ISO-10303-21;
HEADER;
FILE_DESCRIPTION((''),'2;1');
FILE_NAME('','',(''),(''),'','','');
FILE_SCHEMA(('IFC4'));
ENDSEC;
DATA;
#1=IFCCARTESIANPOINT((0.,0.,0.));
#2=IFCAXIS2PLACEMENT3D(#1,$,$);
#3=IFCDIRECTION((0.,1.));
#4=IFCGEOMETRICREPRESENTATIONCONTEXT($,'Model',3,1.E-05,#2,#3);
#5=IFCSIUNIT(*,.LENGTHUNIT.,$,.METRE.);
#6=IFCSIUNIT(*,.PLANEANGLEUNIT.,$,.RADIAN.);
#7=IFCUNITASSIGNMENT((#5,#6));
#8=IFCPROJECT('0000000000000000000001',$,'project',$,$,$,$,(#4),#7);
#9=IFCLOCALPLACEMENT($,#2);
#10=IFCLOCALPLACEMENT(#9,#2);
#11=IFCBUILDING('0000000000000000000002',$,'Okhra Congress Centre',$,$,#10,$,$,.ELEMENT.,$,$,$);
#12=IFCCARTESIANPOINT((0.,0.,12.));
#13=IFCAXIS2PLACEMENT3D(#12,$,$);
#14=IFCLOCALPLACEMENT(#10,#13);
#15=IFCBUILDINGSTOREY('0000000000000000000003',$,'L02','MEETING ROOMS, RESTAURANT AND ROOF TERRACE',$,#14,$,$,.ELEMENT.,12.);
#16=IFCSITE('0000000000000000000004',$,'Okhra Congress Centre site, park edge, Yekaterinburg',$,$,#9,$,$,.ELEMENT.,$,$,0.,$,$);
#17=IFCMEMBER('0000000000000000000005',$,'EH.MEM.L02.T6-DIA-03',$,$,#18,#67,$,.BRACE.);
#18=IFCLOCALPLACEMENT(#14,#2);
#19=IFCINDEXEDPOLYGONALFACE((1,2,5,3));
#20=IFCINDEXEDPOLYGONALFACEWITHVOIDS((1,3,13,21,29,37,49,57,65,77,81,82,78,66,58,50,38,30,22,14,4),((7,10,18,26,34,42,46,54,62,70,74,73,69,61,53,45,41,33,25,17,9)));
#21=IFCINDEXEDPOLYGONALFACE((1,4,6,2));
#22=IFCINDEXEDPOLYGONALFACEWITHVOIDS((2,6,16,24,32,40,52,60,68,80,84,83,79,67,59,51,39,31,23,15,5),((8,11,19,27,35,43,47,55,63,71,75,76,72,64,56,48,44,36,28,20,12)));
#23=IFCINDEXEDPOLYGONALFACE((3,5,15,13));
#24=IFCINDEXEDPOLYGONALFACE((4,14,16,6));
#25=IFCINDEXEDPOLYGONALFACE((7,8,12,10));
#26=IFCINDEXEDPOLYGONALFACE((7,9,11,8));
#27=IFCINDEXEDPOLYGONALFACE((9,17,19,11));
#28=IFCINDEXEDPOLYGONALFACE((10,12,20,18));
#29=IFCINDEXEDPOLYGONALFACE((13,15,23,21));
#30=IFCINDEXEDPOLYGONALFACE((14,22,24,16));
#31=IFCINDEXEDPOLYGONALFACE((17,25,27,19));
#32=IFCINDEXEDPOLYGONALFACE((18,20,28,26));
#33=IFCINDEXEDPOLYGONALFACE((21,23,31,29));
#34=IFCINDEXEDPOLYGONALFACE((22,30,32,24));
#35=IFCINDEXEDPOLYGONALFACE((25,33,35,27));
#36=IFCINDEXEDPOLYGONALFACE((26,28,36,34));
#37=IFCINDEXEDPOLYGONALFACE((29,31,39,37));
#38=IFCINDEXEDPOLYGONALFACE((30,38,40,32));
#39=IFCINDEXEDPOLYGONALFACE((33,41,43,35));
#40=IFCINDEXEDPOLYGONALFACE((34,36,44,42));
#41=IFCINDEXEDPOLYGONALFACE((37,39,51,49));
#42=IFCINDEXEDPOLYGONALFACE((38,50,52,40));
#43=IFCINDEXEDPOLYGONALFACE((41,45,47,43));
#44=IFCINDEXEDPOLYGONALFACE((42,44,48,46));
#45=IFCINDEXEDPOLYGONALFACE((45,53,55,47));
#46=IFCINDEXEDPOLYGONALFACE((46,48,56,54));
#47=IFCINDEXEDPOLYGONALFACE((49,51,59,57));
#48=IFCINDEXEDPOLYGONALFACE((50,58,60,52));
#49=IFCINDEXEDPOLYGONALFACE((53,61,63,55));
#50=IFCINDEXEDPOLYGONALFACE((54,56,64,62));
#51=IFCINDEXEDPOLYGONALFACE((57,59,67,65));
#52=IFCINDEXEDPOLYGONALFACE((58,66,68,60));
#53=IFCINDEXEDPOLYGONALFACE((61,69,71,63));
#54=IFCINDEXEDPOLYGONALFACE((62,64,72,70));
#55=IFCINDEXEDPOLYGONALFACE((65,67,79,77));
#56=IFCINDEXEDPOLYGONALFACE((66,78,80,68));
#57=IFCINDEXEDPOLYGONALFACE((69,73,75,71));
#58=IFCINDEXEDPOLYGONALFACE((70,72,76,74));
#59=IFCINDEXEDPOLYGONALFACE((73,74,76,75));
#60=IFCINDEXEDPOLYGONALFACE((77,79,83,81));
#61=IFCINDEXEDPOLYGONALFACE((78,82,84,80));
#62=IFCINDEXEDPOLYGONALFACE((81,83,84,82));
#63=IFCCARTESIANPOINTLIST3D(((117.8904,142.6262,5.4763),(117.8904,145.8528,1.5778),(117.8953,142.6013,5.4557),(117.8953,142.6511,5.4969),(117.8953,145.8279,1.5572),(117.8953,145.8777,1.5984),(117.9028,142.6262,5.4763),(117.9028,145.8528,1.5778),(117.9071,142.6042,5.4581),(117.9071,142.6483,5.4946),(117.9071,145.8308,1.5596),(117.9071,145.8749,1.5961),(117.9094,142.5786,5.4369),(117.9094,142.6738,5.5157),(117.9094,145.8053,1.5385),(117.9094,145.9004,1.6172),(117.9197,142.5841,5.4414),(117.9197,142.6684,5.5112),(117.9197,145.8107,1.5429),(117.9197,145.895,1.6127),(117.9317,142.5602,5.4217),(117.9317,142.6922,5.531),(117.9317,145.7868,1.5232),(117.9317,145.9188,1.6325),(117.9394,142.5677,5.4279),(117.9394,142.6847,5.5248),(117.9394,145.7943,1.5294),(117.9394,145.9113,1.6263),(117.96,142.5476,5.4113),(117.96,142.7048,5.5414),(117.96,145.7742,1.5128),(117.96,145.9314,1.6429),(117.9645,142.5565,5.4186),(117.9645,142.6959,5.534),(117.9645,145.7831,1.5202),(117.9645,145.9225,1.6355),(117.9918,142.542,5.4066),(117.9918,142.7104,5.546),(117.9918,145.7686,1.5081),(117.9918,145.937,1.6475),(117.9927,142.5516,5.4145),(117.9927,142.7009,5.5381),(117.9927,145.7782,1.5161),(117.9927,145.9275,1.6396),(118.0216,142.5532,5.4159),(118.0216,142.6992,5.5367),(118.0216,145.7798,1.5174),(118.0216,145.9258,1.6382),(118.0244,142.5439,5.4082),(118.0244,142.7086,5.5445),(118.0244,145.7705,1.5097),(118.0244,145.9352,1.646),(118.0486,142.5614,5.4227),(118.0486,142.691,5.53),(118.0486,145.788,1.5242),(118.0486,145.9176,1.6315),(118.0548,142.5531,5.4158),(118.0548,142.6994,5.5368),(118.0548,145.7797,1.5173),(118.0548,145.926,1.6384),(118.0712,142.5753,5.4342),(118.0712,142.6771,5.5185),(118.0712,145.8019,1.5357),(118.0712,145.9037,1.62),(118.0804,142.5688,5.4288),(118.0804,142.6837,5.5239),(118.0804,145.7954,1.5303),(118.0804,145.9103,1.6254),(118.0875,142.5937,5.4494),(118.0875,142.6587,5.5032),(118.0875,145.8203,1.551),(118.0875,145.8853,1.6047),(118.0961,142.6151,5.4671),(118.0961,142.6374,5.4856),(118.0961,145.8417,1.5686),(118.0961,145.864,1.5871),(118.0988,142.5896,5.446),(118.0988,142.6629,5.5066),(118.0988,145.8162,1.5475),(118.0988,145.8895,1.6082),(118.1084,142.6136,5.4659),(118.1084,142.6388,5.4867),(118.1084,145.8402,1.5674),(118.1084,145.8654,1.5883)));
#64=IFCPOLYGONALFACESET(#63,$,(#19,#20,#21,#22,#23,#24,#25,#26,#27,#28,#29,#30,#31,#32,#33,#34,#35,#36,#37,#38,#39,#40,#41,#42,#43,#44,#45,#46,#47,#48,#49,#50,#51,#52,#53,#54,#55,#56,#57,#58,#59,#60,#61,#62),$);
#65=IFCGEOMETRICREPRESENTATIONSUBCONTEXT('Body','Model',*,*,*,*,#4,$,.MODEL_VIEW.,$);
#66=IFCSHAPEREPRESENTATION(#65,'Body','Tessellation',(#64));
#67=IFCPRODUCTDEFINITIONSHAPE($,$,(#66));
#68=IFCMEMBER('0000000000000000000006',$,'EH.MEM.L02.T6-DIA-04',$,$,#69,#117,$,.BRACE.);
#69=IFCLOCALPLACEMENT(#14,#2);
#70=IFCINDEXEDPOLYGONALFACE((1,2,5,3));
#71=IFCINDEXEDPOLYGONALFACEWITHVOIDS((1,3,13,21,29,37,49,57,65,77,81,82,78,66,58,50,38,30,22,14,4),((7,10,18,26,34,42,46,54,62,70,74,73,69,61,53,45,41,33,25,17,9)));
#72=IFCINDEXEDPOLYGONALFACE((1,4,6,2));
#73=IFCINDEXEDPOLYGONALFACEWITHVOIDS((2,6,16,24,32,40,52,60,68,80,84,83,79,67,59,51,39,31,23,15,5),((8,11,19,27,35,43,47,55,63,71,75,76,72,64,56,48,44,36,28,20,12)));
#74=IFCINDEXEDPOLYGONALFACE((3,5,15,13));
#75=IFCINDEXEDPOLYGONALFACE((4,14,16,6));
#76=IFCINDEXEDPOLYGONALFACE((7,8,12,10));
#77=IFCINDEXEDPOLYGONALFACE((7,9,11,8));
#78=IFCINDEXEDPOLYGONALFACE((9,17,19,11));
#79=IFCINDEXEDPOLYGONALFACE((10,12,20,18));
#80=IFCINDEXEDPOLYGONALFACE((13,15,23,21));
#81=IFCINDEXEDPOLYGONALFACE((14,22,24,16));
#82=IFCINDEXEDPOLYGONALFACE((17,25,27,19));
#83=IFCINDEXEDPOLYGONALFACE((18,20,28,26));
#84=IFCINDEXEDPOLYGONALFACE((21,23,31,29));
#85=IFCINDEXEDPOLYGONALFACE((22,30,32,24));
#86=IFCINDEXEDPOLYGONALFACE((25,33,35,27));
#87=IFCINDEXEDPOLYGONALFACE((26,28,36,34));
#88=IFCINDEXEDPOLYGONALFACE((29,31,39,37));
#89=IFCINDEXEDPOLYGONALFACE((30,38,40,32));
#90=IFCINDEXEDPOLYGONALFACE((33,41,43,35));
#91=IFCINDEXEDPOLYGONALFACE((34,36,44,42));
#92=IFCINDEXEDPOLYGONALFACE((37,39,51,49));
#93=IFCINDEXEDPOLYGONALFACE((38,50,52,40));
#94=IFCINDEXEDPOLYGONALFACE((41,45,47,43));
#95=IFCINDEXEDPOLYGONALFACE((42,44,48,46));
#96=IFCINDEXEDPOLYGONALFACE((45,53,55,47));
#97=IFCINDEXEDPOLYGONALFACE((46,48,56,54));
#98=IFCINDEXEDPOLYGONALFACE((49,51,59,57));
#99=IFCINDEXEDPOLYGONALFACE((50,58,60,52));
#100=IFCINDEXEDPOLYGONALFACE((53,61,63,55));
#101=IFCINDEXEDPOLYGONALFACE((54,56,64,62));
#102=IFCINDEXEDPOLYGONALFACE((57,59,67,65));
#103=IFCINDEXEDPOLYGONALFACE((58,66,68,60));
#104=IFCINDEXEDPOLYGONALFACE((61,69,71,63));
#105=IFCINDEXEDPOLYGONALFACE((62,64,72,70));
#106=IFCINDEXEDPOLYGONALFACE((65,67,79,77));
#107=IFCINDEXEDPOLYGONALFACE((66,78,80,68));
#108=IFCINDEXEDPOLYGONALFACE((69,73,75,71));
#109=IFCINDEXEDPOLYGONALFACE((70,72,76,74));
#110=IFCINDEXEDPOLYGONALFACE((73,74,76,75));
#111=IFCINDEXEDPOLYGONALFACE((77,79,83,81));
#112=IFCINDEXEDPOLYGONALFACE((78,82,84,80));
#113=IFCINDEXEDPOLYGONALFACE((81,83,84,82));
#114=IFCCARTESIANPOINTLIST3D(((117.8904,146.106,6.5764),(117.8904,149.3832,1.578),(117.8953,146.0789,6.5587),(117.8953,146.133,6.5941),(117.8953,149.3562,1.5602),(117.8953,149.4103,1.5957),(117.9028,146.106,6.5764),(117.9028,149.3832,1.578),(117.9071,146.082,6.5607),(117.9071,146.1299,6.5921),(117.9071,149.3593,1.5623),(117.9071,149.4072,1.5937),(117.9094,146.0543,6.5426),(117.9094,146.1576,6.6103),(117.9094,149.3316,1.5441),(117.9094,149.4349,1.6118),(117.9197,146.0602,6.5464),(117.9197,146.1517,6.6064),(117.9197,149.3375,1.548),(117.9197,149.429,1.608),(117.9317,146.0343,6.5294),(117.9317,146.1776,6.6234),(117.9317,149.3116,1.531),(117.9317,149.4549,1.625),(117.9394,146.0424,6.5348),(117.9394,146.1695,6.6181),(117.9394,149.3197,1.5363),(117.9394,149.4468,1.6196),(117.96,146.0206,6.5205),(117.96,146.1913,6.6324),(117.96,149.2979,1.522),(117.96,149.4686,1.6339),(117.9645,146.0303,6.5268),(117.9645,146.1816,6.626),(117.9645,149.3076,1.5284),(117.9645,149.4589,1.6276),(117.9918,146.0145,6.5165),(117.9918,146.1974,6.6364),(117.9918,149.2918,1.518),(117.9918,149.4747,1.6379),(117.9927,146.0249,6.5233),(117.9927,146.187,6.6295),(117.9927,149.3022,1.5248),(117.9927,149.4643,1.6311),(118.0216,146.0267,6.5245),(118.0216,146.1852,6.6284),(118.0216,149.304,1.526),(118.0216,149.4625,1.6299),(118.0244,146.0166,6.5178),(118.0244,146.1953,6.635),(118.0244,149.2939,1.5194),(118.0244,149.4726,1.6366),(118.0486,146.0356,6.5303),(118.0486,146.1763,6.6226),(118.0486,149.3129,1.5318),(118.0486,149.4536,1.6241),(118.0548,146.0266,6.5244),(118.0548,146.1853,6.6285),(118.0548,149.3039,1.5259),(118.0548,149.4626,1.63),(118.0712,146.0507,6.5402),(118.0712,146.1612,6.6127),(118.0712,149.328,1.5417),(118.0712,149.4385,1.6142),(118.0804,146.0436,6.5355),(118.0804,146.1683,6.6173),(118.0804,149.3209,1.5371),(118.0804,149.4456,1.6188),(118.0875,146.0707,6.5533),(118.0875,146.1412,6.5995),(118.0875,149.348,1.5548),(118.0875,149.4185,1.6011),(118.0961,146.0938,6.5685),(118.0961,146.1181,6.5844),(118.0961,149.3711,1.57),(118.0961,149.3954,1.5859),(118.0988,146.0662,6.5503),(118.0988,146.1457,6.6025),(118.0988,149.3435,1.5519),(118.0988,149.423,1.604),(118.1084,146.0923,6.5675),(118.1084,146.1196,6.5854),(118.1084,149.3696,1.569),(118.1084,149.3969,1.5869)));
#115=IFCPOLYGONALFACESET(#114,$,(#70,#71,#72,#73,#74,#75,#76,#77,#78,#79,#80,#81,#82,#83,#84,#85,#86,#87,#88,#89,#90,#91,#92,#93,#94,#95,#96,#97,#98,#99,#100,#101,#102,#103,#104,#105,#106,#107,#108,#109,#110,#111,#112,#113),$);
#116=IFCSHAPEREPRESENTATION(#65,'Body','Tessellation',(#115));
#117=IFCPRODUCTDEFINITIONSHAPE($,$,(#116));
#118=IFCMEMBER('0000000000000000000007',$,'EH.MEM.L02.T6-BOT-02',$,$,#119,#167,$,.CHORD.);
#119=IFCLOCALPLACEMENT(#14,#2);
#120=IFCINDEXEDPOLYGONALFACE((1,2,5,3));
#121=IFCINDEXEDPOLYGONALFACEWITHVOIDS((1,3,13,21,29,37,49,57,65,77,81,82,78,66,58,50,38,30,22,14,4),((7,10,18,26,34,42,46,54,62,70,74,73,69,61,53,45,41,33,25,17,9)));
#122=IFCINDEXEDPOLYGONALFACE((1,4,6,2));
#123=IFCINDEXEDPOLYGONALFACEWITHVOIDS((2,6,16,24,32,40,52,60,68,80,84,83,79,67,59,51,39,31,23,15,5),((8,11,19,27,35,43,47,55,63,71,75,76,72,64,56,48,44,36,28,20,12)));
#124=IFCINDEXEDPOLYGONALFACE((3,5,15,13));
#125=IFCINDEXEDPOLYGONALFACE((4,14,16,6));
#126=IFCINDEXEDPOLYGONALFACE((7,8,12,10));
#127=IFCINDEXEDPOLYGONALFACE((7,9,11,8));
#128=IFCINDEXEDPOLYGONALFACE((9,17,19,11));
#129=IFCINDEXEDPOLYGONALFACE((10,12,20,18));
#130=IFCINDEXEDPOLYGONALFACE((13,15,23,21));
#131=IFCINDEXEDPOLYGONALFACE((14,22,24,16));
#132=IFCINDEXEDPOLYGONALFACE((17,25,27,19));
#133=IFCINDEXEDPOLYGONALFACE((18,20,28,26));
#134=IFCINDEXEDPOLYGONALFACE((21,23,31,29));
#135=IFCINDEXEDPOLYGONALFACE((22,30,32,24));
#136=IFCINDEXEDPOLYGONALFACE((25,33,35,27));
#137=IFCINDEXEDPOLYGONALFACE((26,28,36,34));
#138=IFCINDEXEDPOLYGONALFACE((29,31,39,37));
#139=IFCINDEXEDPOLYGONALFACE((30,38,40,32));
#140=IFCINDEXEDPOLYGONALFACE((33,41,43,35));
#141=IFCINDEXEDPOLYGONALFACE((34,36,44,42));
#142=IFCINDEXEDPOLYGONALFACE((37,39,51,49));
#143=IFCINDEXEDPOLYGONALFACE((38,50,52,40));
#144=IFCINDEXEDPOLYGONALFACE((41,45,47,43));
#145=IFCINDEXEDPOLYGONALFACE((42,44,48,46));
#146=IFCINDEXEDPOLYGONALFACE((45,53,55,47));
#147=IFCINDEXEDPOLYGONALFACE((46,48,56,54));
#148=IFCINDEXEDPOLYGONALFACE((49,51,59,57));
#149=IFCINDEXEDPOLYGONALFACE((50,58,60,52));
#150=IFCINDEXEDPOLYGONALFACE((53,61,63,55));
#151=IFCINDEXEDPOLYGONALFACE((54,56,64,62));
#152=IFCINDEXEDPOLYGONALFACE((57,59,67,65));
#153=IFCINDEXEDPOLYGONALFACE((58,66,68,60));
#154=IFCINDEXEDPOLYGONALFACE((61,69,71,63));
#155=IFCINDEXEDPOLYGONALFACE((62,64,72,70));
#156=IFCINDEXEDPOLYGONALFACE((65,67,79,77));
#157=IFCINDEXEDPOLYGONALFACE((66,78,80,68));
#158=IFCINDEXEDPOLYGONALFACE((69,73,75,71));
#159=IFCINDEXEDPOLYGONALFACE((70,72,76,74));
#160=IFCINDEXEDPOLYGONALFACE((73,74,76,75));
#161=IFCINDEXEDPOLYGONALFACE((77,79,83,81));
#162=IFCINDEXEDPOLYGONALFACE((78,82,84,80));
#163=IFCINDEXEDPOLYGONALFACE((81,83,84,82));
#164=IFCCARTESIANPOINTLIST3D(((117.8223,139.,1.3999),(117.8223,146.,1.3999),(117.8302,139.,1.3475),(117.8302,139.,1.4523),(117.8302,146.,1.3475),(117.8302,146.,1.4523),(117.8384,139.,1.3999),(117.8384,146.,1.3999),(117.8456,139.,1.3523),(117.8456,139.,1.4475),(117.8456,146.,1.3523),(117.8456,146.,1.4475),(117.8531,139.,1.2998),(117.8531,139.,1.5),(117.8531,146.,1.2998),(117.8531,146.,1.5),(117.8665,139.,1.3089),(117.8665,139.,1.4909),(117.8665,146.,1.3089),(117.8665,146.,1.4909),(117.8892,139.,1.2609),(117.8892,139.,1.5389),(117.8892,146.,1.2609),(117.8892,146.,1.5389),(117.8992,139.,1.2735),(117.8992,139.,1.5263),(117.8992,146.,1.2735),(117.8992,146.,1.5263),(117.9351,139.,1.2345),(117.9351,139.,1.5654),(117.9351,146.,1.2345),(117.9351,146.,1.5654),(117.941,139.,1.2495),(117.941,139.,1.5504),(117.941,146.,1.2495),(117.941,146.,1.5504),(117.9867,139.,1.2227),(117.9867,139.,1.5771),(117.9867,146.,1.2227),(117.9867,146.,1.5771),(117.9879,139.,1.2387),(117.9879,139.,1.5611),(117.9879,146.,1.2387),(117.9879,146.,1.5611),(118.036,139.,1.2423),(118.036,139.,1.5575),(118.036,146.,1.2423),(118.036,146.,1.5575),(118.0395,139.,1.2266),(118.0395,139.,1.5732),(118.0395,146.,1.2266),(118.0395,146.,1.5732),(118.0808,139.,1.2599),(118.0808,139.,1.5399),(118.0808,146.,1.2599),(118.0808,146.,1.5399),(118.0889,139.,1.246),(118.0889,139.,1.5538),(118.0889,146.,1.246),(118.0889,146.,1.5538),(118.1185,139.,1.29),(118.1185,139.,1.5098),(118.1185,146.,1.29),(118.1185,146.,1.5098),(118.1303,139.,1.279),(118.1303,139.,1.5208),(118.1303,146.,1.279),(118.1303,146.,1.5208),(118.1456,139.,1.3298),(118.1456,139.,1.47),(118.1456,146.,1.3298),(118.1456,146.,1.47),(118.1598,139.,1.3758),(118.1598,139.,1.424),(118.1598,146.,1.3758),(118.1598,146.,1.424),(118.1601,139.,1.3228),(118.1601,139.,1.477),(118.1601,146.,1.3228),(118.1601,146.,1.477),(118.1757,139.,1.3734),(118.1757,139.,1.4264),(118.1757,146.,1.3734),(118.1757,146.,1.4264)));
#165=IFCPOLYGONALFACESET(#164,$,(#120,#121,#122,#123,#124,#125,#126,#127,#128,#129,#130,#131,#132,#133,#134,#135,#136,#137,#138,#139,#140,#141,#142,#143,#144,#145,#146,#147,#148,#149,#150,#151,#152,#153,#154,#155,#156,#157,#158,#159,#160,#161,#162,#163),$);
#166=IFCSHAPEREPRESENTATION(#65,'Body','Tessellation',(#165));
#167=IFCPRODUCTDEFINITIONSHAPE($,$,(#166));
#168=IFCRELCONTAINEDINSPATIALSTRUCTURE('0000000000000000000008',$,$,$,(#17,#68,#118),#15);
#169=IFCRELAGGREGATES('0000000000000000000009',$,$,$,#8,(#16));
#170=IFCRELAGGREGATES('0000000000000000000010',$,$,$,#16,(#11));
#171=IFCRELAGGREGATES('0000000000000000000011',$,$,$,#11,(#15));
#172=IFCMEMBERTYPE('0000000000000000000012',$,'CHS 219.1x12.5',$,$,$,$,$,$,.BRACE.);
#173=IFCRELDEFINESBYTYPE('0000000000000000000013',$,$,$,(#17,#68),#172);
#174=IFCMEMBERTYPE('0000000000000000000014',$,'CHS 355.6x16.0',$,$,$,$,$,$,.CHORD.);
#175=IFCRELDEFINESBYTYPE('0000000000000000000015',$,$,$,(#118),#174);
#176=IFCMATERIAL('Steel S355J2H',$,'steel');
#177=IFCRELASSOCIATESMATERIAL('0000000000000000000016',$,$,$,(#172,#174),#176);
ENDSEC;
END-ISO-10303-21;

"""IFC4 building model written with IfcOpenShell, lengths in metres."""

from ifc_helpers import new_model, si_unit, direction, frame, origin, origin_2d, place, context, subcontext, project, spatial, hollow_circle, extrude, material, material_profile, profile_set, type_object, element, save


model = new_model("IFC4")

# Units and contexts
model_context = context("Model", 3, precision=1e-05, world=origin(), true_north=direction((0.0, 1.0)))
body_context = subcontext(model_context, "Body", "Model", "MODEL_VIEW")
ifc_project = project(units=[si_unit("LENGTHUNIT", "METRE"), si_unit("PLANEANGLEUNIT", "RADIAN")], contexts=[model_context])

# Site, building, storey
site_placement = place(None, origin())
site = spatial("IfcSite", under=ifc_project, at=site_placement, Name="Okhra Congress Centre site, park edge, Yekaterinburg", CompositionType="ELEMENT", RefElevation=0.0)
building_placement = place(site_placement, origin())
building = spatial("IfcBuilding", under=site, at=building_placement, Name="Okhra Congress Centre", CompositionType="ELEMENT")
storey_placement = place(building_placement, frame((0.0, 0.0, 12.0)))
storey = spatial("IfcBuildingStorey", under=building, at=storey_placement, Name="L02", Description="MEETING ROOMS, RESTAURANT AND ROOF TERRACE", CompositionType="ELEMENT", Elevation=12.0)

# Members
ifc_material_1 = material(Name="Steel S355J2H", Category="steel")
ifc_material_profile_1 = material_profile(ifc_material_1, hollow_circle(Radius=0.1096, WallThickness=0.0125, at=origin_2d()), Name="CHS 219.1x12.5")
ifc_profile_set_1 = profile_set([ifc_material_profile_1], Name="Steel S355J2H")
member_type_1 = type_object("IfcMemberType", Name="CHS 219.1x12.5", PredefinedType="BRACE", material=ifc_profile_set_1)
member_1_placement = place(storey_placement, frame((118.0, 142.6262, 5.4763), z_axis=(0.0, 0.637599, -0.770368), x_axis=(-1.0, 0.0, 0.0)))
element("IfcMember", 1, at=member_1_placement, inside=storey, type_object=member_type_1, Name="EH.MEM.L02.T6-DIA-03", PredefinedType="BRACE", context=body_context, shape_type="SweptSolid", body=[
    extrude(hollow_circle(Radius=0.1096, WallThickness=0.0125, at=origin_2d()), origin(), (0.0, 0.0, 1.0), 5.0605),
])
member_2_placement = place(storey_placement, frame((118.0, 146.106, 6.5764), z_axis=(0.0, 0.548312, -0.836274), x_axis=(-1.0, 0.0, 0.0)))
element("IfcMember", 2, at=member_2_placement, inside=storey, type_object=member_type_1, Name="EH.MEM.L02.T6-DIA-04", PredefinedType="BRACE", context=body_context, shape_type="SweptSolid", body=[
    extrude(hollow_circle(Radius=0.1096, WallThickness=0.0125, at=origin_2d()), origin(), (0.0, 0.0, 1.0), 5.9771),
])
ifc_material_profile_2 = material_profile(ifc_material_1, hollow_circle(Radius=0.1777, WallThickness=0.0161, at=origin_2d()), Name="CHS 355.6x16.0")
ifc_profile_set_2 = profile_set([ifc_material_profile_2], Name="Steel S355J2H")
member_type_2 = type_object("IfcMemberType", Name="CHS 355.6x16.0", PredefinedType="CHORD", material=ifc_profile_set_2)
for number, where, z_axis, x_axis, name in (
    (3, (118.0, 139.0, 1.3999), (0.0, 1.0, 0.0), (-1.0, 0.0, 0.0), "EH.MEM.L02.T6-BOT-02"),
):
    element("IfcMember", number, at=place(storey_placement, frame(where, z_axis=z_axis, x_axis=x_axis)), inside=storey, type_object=member_type_2, Name=name, PredefinedType="CHORD", context=body_context, shape_type="SweptSolid", body=[
        extrude(hollow_circle(Radius=0.1777, WallThickness=0.0161, at=origin_2d()), origin(), (0.0, 0.0, 1.0), 7.0),
    ])

save(model, "model.ifc")
